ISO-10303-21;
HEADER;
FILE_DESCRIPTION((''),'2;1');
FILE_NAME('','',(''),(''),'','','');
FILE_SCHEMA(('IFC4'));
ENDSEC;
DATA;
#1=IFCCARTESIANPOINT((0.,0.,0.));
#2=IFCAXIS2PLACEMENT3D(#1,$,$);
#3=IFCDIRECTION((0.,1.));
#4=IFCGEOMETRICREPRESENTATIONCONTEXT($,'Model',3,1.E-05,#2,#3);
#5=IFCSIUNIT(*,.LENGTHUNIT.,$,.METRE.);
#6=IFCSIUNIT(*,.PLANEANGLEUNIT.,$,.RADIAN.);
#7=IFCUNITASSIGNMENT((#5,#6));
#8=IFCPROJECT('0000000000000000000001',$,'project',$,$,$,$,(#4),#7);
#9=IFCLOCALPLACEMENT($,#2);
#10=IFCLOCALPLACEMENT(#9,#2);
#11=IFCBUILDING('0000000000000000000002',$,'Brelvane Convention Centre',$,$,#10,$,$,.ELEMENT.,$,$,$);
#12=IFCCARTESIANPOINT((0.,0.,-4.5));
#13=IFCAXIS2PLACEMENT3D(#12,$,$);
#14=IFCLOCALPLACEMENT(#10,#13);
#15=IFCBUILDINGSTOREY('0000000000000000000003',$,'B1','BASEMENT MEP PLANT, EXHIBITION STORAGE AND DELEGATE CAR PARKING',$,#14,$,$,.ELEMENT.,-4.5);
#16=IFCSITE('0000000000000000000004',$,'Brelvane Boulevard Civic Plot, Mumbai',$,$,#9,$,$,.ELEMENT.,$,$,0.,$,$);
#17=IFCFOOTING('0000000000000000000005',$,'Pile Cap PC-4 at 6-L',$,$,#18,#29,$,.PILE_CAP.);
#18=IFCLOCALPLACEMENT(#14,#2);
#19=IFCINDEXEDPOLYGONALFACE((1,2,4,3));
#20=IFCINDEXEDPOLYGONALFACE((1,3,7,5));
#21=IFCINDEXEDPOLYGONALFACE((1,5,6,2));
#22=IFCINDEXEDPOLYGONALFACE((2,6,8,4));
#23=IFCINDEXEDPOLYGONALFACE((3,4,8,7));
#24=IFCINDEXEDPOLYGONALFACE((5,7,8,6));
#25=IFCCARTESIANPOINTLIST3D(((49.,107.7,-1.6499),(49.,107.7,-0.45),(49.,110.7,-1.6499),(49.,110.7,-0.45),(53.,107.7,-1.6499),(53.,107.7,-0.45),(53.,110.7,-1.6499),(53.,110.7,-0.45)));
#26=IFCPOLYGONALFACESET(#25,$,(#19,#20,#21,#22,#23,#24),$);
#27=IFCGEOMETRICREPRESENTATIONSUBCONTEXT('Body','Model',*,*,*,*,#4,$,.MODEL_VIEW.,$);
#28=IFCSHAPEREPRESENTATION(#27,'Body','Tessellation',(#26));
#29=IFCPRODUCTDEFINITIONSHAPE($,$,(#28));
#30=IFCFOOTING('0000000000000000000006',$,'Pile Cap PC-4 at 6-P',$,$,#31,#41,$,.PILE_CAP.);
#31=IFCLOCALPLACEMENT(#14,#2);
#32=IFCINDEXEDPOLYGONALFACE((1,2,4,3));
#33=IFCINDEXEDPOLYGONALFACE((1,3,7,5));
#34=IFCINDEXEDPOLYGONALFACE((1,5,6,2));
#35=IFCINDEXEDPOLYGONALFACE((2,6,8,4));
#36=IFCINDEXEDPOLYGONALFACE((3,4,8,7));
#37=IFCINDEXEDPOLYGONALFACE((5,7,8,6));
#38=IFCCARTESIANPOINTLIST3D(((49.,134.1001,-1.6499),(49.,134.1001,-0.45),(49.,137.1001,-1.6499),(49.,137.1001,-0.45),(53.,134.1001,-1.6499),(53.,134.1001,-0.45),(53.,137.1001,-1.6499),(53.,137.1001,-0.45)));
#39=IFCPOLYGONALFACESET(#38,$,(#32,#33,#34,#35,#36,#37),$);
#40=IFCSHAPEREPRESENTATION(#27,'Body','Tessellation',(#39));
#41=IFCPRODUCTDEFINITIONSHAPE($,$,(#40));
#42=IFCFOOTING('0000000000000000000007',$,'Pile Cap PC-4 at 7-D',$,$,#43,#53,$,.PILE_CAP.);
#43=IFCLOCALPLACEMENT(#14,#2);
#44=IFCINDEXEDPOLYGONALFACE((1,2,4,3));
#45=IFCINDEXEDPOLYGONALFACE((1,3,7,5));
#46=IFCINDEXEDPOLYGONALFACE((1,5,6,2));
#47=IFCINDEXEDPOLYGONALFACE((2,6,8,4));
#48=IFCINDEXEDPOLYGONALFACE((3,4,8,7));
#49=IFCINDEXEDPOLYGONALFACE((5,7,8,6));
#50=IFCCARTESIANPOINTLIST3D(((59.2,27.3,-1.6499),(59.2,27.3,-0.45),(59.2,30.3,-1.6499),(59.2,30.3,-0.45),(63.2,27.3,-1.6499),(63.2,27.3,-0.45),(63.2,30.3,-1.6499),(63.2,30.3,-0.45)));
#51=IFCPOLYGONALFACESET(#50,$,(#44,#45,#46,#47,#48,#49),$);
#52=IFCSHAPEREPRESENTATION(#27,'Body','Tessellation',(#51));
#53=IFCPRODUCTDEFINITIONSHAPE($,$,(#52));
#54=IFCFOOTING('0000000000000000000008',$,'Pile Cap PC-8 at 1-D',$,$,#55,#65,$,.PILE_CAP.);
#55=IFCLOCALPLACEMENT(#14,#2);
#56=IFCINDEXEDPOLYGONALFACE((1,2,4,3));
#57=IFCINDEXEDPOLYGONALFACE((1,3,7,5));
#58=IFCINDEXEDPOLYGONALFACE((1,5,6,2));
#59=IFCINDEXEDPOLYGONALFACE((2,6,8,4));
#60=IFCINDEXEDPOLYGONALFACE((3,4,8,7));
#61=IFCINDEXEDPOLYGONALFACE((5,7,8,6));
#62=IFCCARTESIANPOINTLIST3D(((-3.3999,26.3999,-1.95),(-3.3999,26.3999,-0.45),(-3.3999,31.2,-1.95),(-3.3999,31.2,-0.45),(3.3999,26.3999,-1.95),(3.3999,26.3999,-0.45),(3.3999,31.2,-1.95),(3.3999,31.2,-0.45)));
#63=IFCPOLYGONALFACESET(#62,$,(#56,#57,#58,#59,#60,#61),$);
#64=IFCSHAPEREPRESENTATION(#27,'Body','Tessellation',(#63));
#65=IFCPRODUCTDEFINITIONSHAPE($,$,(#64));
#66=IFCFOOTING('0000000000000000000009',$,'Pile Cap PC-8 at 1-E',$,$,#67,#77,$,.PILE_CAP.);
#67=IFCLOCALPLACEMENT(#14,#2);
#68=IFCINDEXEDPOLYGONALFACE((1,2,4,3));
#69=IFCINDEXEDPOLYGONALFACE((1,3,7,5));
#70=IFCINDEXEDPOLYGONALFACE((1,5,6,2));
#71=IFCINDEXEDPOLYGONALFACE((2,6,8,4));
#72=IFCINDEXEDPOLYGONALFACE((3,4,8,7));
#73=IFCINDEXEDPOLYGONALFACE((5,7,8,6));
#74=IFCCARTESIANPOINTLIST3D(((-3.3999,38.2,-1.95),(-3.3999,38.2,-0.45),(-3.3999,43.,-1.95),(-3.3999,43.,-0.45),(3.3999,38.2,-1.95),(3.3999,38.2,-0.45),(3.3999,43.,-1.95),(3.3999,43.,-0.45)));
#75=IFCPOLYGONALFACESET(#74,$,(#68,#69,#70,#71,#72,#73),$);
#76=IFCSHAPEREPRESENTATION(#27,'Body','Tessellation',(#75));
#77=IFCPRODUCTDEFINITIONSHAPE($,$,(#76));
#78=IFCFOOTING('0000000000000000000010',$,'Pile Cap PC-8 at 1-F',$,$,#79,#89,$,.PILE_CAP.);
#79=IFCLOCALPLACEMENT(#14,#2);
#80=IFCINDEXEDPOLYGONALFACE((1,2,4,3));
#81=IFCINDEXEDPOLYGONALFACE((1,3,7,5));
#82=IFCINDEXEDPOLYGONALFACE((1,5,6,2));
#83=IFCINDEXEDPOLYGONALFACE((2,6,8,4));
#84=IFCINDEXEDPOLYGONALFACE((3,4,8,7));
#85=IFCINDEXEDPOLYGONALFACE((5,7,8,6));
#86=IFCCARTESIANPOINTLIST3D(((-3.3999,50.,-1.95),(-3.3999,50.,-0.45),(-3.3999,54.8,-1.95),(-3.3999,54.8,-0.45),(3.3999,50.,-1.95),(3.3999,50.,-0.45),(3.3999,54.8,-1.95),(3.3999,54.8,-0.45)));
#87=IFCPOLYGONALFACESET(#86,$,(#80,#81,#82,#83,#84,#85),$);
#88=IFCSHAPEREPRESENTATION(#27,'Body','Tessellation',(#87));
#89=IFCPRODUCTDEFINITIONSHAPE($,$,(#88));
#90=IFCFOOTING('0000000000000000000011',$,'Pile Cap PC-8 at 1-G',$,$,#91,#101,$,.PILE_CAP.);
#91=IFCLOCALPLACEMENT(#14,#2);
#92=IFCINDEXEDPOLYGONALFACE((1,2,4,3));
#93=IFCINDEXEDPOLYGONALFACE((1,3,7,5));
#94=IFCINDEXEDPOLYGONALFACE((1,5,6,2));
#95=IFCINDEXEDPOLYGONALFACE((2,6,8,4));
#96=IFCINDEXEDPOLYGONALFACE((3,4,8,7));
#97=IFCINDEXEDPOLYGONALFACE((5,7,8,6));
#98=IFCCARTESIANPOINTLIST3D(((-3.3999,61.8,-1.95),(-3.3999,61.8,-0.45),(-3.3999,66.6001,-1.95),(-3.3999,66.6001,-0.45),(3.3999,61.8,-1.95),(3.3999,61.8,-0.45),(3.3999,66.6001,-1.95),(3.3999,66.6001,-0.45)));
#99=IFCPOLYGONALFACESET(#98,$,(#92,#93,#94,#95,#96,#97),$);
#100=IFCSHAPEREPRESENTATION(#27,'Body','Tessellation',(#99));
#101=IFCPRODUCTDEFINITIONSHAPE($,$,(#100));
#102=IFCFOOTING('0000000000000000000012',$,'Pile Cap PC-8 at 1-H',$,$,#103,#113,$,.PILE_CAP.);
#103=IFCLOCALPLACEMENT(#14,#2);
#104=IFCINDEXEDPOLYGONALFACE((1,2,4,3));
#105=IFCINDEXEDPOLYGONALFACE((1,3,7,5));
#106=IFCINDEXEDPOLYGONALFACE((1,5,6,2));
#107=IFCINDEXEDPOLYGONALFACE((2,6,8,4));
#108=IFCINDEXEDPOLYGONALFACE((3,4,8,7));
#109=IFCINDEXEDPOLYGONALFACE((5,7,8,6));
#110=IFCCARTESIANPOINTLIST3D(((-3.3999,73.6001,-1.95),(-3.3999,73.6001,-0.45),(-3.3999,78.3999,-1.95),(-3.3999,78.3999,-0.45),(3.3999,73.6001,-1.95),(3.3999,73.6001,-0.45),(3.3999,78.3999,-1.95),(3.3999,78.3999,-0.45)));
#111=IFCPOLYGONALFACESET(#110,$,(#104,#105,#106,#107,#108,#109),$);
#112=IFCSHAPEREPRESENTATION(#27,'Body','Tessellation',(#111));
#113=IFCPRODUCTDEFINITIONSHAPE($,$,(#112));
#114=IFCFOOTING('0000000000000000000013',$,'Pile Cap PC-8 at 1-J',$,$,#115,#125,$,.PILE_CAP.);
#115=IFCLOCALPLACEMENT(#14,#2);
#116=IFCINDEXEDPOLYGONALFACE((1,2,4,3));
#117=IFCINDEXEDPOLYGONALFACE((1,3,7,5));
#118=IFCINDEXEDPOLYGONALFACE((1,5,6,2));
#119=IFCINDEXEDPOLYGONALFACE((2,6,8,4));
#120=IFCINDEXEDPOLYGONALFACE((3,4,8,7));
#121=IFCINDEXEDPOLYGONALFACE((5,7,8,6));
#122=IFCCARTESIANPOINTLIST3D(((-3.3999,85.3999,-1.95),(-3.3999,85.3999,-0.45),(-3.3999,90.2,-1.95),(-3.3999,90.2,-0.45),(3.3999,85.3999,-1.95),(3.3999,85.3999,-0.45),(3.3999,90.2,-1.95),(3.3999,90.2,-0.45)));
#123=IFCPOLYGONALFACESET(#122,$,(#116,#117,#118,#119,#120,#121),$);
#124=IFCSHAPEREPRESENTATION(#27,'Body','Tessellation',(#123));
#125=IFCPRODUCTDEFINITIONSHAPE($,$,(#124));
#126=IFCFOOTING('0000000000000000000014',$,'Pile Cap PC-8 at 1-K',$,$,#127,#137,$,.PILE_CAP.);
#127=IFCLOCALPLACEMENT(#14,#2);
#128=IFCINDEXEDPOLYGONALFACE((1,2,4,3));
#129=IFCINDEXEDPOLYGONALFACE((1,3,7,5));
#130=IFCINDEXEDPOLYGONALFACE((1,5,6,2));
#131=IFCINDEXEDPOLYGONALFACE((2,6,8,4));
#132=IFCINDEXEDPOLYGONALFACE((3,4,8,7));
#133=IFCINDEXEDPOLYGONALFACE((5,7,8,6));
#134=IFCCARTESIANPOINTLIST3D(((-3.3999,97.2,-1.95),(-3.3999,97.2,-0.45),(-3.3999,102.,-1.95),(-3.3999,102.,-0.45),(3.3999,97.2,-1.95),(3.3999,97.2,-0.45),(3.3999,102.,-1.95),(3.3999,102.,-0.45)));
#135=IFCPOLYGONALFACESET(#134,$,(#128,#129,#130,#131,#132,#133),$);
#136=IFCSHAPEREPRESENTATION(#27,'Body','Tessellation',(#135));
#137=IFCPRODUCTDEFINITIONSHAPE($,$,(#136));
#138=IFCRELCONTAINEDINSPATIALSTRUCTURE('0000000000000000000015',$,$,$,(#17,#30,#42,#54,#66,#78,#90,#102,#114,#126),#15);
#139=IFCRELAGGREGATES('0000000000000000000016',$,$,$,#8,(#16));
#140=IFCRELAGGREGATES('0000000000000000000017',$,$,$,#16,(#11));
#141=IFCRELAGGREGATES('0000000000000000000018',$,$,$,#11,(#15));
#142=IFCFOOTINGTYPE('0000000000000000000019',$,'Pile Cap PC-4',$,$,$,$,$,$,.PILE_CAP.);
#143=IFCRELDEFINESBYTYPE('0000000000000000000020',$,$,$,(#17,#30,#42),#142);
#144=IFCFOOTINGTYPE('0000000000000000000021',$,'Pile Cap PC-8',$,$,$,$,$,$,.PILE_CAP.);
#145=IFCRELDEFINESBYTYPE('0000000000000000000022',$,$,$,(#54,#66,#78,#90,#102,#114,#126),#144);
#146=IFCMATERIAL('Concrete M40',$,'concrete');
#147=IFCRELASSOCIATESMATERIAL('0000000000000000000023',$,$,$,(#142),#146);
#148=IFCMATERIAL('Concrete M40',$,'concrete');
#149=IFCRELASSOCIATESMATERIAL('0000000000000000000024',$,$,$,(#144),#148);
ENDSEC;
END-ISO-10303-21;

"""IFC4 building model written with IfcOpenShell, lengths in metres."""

from ifc_helpers import new_model, si_unit, direction, frame, origin, place, context, subcontext, project, spatial, polyline, outline, extrude, material, type_object, element, save


model = new_model("IFC4")

# Units and contexts
model_context = context("Model", 3, precision=1e-05, world=origin(), true_north=direction((0.0, 1.0)))
body_context = subcontext(model_context, "Body", "Model", "MODEL_VIEW")
ifc_project = project(units=[si_unit("LENGTHUNIT", "METRE"), si_unit("PLANEANGLEUNIT", "RADIAN")], contexts=[model_context])

# Site, building, storey
site_placement = place(None, origin())
site = spatial("IfcSite", under=ifc_project, at=site_placement, Name="Brelvane Boulevard Civic Plot, Mumbai", CompositionType="ELEMENT", RefElevation=0.0)
building_placement = place(site_placement, origin())
building = spatial("IfcBuilding", under=site, at=building_placement, Name="Brelvane Convention Centre", CompositionType="ELEMENT")
storey_placement = place(building_placement, frame((0.0, 0.0, -4.5)))
storey = spatial("IfcBuildingStorey", under=building, at=storey_placement, Name="B1", Description="BASEMENT MEP PLANT, EXHIBITION STORAGE AND DELEGATE CAR PARKING", CompositionType="ELEMENT", Elevation=-4.5)

# Footings
ifc_material_1 = material(Name="Concrete M40", Category="concrete")
footing_type_1 = type_object("IfcFootingType", Name="Pile Cap PC-4", PredefinedType="PILE_CAP", material=ifc_material_1)
footing_1_placement = place(storey_placement, frame((0.0, 0.0, -1.6499)))
element("IfcFooting", 1, at=footing_1_placement, inside=storey, type_object=footing_type_1, Name="Pile Cap PC-4 at 6-L", PredefinedType="PILE_CAP", context=body_context, shape_type="SweptSolid", body=[
    extrude(outline(polyline([(49.0, 107.7), (53.0, 107.7), (53.0, 110.7), (49.0, 110.7), (49.0, 107.7)])), origin(), (0.0, 0.0, 1.0), 1.2),
])
footing_2_placement = place(storey_placement, frame((0.0, 0.0, -1.6499)))
element("IfcFooting", 2, at=footing_2_placement, inside=storey, type_object=footing_type_1, Name="Pile Cap PC-4 at 6-P", PredefinedType="PILE_CAP", context=body_context, shape_type="SweptSolid", body=[
    extrude(outline(polyline([(49.0, 134.1001), (53.0, 134.1001), (53.0, 137.1001), (49.0, 137.1001), (49.0, 134.1001)])), origin(), (0.0, 0.0, 1.0), 1.2),
])
footing_3_placement = place(storey_placement, frame((0.0, 0.0, -1.6499)))
element("IfcFooting", 3, at=footing_3_placement, inside=storey, type_object=footing_type_1, Name="Pile Cap PC-4 at 7-D", PredefinedType="PILE_CAP", context=body_context, shape_type="SweptSolid", body=[
    extrude(outline(polyline([(59.2, 27.3), (63.2, 27.3), (63.2, 30.3), (59.2, 30.3), (59.2, 27.3)])), origin(), (0.0, 0.0, 1.0), 1.2),
])
ifc_material_2 = material(Name="Concrete M40", Category="concrete")
footing_type_2 = type_object("IfcFootingType", Name="Pile Cap PC-8", PredefinedType="PILE_CAP", material=ifc_material_2)
footing_4_placement = place(storey_placement, frame((0.0, 0.0, -1.95)))
element("IfcFooting", 4, at=footing_4_placement, inside=storey, type_object=footing_type_2, Name="Pile Cap PC-8 at 1-D", PredefinedType="PILE_CAP", context=body_context, shape_type="SweptSolid", body=[
    extrude(outline(polyline([(-3.3999, 26.3999), (3.3999, 26.3999), (3.3999, 31.2), (-3.3999, 31.2), (-3.3999, 26.3999)])), origin(), (0.0, 0.0, 1.0), 1.5),
])
footing_5_placement = place(storey_placement, frame((0.0, 0.0, -1.95)))
element("IfcFooting", 5, at=footing_5_placement, inside=storey, type_object=footing_type_2, Name="Pile Cap PC-8 at 1-E", PredefinedType="PILE_CAP", context=body_context, shape_type="SweptSolid", body=[
    extrude(outline(polyline([(-3.3999, 38.2), (3.3999, 38.2), (3.3999, 43.0), (-3.3999, 43.0), (-3.3999, 38.2)])), origin(), (0.0, 0.0, 1.0), 1.5),
])
footing_6_placement = place(storey_placement, frame((0.0, 0.0, -1.95)))
element("IfcFooting", 6, at=footing_6_placement, inside=storey, type_object=footing_type_2, Name="Pile Cap PC-8 at 1-F", PredefinedType="PILE_CAP", context=body_context, shape_type="SweptSolid", body=[
    extrude(outline(polyline([(-3.3999, 50.0), (3.3999, 50.0), (3.3999, 54.8), (-3.3999, 54.8), (-3.3999, 50.0)])), origin(), (0.0, 0.0, 1.0), 1.5),
])
footing_7_placement = place(storey_placement, frame((0.0, 0.0, -1.95)))
element("IfcFooting", 7, at=footing_7_placement, inside=storey, type_object=footing_type_2, Name="Pile Cap PC-8 at 1-G", PredefinedType="PILE_CAP", context=body_context, shape_type="SweptSolid", body=[
    extrude(outline(polyline([(-3.3999, 61.8), (3.3999, 61.8), (3.3999, 66.6001), (-3.3999, 66.6001), (-3.3999, 61.8)])), origin(), (0.0, 0.0, 1.0), 1.5),
])
footing_8_placement = place(storey_placement, frame((0.0, 0.0, -1.95)))
element("IfcFooting", 8, at=footing_8_placement, inside=storey, type_object=footing_type_2, Name="Pile Cap PC-8 at 1-H", PredefinedType="PILE_CAP", context=body_context, shape_type="SweptSolid", body=[
    extrude(outline(polyline([(-3.3999, 73.6001), (3.3999, 73.6001), (3.3999, 78.3999), (-3.3999, 78.3999), (-3.3999, 73.6001)])), origin(), (0.0, 0.0, 1.0), 1.5),
])
footing_9_placement = place(storey_placement, frame((0.0, 0.0, -1.95)))
element("IfcFooting", 9, at=footing_9_placement, inside=storey, type_object=footing_type_2, Name="Pile Cap PC-8 at 1-J", PredefinedType="PILE_CAP", context=body_context, shape_type="SweptSolid", body=[
    extrude(outline(polyline([(-3.3999, 85.3999), (3.3999, 85.3999), (3.3999, 90.2), (-3.3999, 90.2), (-3.3999, 85.3999)])), origin(), (0.0, 0.0, 1.0), 1.5),
])
footing_10_placement = place(storey_placement, frame((0.0, 0.0, -1.95)))
element("IfcFooting", 10, at=footing_10_placement, inside=storey, type_object=footing_type_2, Name="Pile Cap PC-8 at 1-K", PredefinedType="PILE_CAP", context=body_context, shape_type="SweptSolid", body=[
    extrude(outline(polyline([(-3.3999, 97.2), (3.3999, 97.2), (3.3999, 102.0), (-3.3999, 102.0), (-3.3999, 97.2)])), origin(), (0.0, 0.0, 1.0), 1.5),
])

save(model, "model.ifc")
